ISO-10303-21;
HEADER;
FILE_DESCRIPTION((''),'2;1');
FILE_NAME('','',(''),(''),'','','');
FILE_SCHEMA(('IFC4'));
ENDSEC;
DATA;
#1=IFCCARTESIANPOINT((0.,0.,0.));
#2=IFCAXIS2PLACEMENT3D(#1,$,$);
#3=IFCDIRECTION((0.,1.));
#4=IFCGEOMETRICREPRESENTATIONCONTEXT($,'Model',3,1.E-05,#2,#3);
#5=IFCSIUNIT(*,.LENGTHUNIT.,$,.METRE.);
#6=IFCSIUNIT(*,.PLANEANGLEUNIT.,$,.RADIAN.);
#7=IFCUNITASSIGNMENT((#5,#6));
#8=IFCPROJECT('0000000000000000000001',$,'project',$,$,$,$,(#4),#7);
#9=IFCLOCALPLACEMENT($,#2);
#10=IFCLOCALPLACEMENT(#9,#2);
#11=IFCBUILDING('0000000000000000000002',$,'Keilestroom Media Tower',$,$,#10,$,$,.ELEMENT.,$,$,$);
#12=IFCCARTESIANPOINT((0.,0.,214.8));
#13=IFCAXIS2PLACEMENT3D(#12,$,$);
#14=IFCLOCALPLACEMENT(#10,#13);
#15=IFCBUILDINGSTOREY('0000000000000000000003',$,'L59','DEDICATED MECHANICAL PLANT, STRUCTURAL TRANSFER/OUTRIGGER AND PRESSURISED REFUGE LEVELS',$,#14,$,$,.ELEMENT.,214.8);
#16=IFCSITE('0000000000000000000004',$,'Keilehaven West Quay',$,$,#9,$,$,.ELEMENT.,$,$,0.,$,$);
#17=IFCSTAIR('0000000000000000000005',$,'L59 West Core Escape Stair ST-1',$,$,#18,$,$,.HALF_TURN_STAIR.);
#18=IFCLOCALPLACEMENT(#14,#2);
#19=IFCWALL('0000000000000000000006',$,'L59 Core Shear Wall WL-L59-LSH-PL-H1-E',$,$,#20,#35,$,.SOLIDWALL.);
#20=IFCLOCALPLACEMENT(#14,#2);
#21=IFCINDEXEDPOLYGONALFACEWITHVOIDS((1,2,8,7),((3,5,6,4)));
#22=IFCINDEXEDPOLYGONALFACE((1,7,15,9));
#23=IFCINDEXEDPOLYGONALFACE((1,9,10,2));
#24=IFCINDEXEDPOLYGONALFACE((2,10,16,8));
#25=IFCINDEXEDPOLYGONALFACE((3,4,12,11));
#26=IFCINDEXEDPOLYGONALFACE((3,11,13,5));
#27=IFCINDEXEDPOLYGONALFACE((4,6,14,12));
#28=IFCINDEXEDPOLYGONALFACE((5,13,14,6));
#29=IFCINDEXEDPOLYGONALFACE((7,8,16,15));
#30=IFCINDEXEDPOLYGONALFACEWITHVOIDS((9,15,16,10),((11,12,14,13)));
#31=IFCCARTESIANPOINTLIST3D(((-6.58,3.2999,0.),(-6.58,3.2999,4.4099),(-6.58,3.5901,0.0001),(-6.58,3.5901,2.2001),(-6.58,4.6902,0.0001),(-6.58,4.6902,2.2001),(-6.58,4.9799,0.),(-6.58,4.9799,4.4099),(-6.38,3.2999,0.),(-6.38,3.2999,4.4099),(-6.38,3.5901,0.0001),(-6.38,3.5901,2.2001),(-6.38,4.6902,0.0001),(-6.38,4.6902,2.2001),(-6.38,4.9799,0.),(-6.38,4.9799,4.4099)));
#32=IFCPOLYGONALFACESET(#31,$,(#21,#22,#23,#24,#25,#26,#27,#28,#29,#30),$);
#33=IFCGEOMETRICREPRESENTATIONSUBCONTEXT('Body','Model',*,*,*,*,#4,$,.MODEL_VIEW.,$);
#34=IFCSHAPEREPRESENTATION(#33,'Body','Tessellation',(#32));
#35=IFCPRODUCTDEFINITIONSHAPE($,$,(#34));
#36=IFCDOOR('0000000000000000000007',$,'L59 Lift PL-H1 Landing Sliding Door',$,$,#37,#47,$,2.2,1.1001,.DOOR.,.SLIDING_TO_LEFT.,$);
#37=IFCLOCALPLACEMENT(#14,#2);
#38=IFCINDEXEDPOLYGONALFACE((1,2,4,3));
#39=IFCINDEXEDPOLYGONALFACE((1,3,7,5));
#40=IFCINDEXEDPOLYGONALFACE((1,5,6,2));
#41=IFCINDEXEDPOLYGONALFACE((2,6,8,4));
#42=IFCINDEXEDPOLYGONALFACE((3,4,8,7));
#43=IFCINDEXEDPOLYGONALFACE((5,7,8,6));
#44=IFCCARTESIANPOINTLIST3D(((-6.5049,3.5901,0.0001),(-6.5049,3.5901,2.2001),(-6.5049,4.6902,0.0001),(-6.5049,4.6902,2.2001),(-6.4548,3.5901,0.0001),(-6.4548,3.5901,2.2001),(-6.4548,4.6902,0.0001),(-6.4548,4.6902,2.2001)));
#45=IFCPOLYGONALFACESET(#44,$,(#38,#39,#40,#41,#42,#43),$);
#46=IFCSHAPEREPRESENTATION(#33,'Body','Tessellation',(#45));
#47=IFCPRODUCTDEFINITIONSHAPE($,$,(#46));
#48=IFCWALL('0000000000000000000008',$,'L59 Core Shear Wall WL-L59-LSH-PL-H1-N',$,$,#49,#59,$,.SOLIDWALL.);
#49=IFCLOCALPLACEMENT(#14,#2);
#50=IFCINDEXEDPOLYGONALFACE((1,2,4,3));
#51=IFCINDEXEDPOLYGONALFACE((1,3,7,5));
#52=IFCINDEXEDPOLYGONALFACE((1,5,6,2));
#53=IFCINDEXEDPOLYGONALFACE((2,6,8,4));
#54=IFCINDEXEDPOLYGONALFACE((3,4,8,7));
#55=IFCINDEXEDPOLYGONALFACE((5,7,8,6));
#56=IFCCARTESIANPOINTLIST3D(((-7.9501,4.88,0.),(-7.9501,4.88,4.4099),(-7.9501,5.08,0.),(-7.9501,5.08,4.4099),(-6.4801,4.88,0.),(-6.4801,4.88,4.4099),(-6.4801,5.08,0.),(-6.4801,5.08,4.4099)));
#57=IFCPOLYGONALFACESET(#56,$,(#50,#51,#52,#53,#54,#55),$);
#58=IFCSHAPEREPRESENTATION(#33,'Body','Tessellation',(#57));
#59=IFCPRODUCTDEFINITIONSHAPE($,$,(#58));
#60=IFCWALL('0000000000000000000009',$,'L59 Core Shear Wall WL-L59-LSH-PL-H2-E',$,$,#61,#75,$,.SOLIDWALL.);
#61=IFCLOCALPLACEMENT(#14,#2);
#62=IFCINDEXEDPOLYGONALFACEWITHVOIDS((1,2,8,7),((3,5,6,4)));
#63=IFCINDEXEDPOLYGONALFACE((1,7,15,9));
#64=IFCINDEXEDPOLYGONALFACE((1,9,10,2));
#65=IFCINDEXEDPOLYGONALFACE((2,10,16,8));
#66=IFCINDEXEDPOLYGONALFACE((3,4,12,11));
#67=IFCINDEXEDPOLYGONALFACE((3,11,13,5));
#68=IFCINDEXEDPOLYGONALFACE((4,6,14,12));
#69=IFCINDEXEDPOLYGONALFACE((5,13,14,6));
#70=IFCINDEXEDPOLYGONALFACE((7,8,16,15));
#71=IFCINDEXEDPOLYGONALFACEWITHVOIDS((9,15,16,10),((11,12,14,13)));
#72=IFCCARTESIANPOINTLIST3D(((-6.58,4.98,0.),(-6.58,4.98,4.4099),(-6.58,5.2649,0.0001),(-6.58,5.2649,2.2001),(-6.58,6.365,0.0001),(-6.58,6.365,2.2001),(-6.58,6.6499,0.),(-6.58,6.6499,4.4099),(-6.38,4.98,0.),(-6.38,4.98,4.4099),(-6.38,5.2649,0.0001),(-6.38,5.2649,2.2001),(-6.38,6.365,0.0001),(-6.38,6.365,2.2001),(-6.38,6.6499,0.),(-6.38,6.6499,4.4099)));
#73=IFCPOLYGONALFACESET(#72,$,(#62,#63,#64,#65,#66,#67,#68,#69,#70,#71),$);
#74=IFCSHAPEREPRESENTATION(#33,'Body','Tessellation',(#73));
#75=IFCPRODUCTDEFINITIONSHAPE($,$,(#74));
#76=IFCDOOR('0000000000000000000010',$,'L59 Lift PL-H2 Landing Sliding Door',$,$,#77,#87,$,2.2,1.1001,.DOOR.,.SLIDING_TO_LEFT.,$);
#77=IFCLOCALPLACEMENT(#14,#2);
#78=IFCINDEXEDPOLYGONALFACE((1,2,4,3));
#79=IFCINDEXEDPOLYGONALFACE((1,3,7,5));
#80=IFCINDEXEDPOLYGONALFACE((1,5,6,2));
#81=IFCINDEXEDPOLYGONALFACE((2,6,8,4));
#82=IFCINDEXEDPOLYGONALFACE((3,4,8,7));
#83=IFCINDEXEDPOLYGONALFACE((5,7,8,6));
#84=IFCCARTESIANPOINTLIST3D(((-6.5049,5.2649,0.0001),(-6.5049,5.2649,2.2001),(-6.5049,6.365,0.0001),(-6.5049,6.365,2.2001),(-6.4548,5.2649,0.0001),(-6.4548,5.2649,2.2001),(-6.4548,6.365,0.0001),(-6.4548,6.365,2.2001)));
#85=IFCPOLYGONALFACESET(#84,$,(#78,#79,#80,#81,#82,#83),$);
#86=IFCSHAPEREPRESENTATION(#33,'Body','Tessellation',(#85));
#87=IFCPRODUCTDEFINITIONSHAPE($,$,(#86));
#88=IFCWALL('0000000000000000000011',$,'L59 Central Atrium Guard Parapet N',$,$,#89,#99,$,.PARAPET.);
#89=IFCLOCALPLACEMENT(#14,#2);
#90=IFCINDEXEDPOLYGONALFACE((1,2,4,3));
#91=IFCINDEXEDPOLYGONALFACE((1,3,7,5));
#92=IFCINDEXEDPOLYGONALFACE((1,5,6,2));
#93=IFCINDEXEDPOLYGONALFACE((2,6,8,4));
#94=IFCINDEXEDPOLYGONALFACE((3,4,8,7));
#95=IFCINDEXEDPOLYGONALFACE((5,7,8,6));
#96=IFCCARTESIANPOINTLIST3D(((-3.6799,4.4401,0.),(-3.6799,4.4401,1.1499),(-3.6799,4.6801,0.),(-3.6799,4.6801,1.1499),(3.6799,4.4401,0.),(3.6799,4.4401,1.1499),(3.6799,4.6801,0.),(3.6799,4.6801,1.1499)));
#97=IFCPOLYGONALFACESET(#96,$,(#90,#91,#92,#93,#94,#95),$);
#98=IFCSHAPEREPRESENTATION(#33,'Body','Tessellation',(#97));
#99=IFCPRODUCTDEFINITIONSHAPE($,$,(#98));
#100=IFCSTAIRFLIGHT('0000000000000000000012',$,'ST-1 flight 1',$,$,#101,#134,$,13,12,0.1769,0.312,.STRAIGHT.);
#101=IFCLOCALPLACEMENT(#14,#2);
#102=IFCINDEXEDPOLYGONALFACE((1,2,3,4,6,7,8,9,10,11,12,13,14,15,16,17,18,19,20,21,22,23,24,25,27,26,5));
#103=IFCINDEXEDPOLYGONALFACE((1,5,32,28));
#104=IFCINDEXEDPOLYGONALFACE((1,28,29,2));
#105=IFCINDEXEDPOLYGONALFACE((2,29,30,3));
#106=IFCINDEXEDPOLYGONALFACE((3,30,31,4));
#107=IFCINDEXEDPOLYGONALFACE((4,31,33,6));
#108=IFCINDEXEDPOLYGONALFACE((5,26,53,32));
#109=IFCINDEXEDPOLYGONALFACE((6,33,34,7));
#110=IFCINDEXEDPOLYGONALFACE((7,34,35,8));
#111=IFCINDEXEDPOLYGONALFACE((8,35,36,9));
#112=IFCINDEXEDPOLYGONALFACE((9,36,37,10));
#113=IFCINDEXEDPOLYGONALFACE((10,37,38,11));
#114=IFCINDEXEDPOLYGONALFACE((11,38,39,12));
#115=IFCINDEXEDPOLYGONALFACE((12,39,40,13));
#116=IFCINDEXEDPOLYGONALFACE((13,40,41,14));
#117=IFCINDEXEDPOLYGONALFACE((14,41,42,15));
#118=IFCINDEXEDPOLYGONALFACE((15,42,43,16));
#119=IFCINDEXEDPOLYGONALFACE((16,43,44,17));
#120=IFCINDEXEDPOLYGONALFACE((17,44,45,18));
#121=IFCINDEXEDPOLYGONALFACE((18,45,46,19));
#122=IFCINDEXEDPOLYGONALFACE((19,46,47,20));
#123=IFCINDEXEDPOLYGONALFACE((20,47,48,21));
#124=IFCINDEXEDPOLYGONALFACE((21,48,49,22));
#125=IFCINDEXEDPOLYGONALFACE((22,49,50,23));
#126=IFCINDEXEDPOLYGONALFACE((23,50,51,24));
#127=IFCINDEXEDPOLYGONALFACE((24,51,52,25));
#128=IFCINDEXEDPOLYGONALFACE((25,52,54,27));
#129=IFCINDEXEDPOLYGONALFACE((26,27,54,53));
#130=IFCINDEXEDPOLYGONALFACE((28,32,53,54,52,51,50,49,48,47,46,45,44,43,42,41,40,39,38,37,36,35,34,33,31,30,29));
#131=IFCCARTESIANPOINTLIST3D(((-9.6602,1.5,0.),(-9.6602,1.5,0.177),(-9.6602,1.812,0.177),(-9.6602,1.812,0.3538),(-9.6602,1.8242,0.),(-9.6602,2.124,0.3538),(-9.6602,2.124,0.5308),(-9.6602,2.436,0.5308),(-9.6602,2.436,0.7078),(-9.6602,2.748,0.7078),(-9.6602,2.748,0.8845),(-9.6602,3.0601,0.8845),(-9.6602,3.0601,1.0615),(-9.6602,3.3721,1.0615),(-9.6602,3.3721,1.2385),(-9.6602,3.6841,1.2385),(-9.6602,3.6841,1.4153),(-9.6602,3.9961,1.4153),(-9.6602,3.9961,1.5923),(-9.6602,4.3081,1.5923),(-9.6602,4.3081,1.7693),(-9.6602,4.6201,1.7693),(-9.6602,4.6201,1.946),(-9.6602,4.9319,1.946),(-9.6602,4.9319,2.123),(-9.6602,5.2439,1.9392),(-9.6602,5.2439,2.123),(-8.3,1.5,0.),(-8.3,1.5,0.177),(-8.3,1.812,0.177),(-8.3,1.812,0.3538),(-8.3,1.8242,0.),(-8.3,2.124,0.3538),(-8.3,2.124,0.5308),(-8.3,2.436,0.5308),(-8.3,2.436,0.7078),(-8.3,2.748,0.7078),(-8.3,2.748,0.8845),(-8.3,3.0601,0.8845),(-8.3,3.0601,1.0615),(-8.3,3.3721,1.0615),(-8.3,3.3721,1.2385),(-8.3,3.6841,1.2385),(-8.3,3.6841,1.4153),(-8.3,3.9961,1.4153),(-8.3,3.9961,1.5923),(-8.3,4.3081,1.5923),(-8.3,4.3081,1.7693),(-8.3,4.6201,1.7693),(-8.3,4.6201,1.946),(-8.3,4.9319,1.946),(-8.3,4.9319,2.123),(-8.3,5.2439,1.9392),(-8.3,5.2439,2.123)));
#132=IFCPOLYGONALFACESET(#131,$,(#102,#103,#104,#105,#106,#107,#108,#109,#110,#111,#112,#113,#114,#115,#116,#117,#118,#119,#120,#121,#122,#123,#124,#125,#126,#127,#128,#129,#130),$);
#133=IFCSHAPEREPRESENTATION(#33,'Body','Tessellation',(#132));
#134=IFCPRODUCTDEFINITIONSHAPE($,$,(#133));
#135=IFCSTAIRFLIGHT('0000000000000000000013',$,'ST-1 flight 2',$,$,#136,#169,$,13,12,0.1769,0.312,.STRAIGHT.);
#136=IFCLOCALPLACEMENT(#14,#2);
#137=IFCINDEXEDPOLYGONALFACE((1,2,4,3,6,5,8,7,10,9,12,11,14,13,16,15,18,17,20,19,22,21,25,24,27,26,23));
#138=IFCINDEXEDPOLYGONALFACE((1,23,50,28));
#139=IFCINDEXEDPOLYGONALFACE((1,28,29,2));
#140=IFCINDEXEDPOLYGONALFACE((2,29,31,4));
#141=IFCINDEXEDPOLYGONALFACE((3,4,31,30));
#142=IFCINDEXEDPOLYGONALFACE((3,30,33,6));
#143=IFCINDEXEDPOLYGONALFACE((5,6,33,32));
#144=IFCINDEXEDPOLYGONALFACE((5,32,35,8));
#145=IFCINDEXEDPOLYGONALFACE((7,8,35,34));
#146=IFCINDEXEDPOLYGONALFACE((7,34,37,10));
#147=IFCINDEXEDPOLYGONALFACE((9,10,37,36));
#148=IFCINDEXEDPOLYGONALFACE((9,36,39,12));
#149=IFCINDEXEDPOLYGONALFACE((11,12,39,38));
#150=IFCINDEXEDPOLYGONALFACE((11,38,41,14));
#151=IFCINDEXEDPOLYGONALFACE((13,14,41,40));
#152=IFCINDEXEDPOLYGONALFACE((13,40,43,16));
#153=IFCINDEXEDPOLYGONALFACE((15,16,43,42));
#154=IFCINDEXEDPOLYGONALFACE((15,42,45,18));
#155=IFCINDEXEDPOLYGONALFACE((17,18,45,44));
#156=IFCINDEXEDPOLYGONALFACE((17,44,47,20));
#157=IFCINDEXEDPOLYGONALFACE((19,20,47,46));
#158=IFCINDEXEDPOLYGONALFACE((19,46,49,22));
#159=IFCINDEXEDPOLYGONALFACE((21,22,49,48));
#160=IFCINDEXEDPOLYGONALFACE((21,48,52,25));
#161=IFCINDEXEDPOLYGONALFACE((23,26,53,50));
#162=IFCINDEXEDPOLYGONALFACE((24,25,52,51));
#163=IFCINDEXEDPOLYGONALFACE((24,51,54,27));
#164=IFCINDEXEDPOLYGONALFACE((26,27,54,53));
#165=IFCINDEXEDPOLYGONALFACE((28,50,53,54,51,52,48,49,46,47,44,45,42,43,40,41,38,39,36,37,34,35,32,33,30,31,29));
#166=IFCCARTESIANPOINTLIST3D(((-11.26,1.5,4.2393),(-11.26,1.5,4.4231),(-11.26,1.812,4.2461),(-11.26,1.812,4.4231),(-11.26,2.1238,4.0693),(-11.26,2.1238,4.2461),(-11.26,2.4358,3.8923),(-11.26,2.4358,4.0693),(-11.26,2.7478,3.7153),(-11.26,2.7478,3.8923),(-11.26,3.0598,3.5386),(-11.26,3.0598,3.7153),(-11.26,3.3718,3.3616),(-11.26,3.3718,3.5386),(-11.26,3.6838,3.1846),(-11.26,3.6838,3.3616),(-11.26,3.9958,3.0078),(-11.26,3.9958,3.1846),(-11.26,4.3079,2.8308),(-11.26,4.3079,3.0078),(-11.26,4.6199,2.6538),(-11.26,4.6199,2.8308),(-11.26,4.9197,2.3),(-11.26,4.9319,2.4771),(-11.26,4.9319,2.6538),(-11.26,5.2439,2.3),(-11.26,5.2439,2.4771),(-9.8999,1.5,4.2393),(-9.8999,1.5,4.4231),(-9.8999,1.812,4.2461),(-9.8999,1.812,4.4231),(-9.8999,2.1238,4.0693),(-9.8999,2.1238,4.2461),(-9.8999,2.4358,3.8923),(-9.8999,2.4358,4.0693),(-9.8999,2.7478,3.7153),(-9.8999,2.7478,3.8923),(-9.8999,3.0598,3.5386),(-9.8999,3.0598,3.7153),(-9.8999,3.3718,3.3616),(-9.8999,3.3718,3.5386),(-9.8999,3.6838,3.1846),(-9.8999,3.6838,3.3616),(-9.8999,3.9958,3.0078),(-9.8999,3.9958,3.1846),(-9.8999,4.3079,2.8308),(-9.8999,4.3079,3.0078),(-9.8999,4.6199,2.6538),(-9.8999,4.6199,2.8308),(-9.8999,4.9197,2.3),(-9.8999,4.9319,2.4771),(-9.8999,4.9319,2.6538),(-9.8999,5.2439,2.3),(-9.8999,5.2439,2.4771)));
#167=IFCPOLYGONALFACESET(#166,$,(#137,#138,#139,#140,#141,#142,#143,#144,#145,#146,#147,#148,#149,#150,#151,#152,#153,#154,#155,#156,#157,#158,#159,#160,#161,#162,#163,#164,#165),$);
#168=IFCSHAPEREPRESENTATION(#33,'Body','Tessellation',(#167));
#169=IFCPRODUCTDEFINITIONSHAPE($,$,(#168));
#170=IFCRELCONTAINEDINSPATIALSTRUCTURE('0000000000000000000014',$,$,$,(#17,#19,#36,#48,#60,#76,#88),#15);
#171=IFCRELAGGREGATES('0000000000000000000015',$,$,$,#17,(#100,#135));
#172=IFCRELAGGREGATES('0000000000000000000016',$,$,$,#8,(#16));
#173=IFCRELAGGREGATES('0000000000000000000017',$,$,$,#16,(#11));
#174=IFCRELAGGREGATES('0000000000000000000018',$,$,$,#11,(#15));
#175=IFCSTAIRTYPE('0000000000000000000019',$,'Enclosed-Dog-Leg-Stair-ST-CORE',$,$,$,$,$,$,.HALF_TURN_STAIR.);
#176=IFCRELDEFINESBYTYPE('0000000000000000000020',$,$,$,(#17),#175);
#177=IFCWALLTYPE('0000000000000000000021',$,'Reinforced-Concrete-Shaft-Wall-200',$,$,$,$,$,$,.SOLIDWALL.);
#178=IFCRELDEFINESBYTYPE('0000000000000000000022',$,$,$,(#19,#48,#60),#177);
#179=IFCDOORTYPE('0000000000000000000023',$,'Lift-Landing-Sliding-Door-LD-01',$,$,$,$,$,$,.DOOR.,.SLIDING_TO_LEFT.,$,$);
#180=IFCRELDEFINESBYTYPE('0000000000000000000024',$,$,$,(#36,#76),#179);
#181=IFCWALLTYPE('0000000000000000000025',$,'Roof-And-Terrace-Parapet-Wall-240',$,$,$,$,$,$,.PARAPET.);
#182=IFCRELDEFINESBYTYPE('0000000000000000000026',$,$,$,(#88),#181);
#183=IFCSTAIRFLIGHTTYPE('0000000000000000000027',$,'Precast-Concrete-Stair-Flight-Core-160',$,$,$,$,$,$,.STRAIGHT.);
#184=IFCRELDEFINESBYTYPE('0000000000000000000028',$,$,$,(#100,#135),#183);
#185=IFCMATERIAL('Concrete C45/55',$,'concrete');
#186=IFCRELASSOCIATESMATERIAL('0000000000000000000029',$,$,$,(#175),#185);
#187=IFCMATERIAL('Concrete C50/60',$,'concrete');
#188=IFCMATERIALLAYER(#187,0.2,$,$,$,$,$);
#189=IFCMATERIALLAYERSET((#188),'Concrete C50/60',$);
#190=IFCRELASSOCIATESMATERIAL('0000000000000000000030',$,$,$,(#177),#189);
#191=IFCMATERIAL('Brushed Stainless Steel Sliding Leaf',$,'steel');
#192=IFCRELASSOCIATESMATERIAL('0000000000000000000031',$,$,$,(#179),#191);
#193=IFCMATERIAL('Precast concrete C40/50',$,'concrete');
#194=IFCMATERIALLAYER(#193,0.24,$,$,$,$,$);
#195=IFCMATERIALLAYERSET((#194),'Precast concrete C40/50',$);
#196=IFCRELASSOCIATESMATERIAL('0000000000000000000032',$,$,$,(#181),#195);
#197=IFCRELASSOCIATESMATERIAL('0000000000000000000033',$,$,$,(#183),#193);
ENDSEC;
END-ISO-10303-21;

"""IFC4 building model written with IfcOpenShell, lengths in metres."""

from ifc_helpers import new_model, si_unit, direction, frame, frame_2d, origin, place, context, subcontext, project, spatial, polyline, rectangle, outline, extrude, source, transform, mapped, material, layer, layer_set, type_object, element, fill, aggregate, save


model = new_model("IFC4")

# Units and contexts
model_context = context("Model", 3, precision=1e-05, world=origin(), true_north=direction((0.0, 1.0)))
body_context = subcontext(model_context, "Body", "Model", "MODEL_VIEW")
ifc_project = project(units=[si_unit("LENGTHUNIT", "METRE"), si_unit("PLANEANGLEUNIT", "RADIAN")], contexts=[model_context])

# Site, building, storey
site_placement = place(None, origin())
site = spatial("IfcSite", under=ifc_project, at=site_placement, Name="Keilehaven West Quay", CompositionType="ELEMENT", RefElevation=0.0)
building_placement = place(site_placement, origin())
building = spatial("IfcBuilding", under=site, at=building_placement, Name="Keilestroom Media Tower", CompositionType="ELEMENT")
storey_placement = place(building_placement, frame((0.0, 0.0, 214.8)))
storey = spatial("IfcBuildingStorey", under=building, at=storey_placement, Name="L59", Description="DEDICATED MECHANICAL PLANT, STRUCTURAL TRANSFER/OUTRIGGER AND PRESSURISED REFUGE LEVELS", CompositionType="ELEMENT", Elevation=214.8)

# Shared definitions
ifc_material_1 = material(Name="Concrete C50/60", Category="concrete")

# Stair
ifc_material_2 = material(Name="Concrete C45/55", Category="concrete")
stair_type = type_object("IfcStairType", Name="Enclosed-Dog-Leg-Stair-ST-CORE", PredefinedType="HALF_TURN_STAIR", material=ifc_material_2)
stair_1_placement = place(storey_placement, origin())
stair_1 = element("IfcStair", 1, at=stair_1_placement, inside=storey, type_object=stair_type, Name="L59 West Core Escape Stair ST-1", PredefinedType="HALF_TURN_STAIR")

# Shared definitions
ifc_layer_1 = layer(ifc_material_1, 0.2)
ifc_layer_set_1 = layer_set([ifc_layer_1], Name="Concrete C50/60")
wall_type_1 = type_object("IfcWallType", Name="Reinforced-Concrete-Shaft-Wall-200", PredefinedType="SOLIDWALL", material=ifc_layer_set_1)

# Wall, opening, door
wall_1_placement = place(storey_placement, frame((-6.48, 3.3, 0.0), z_axis=(0.0, 0.0, 1.0), x_axis=(0.0, 1.0, 0.0)))
wall_1 = element("IfcWall", 2, at=wall_1_placement, inside=storey, type_object=wall_type_1, Name="L59 Core Shear Wall WL-L59-LSH-PL-H1-E", PredefinedType="SOLIDWALL", context=body_context, shape_type="SweptSolid", body=[
    extrude(rectangle(XDim=1.6799, YDim=0.2, at=frame_2d((0.8398, 0.0))), origin(), (0.0, 0.0, 1.0), 4.4099),
])
opening_1_placement = place(wall_1_placement, frame((0.29, 0.0, 0.0)))
opening_1 = element("IfcOpeningElement", 3, at=opening_1_placement, cuts=wall_1, PredefinedType="OPENING", context=body_context, shape_type="SweptSolid", body=[
    extrude(rectangle(XDim=1.1001, YDim=2.2, at=frame_2d((0.55, 1.1001))), frame((0.0, 0.1099, 0.0), z_axis=(0.0, -1.0, 0.0), x_axis=(1.0, 0.0, 0.0)), (0.0, 0.0, 1.0), 0.22),
])
ifc_material_3 = material(Name="Brushed Stainless Steel Sliding Leaf", Category="steel")
door_type = type_object("IfcDoorType", Name="Lift-Landing-Sliding-Door-LD-01", OperationType="SLIDING_TO_LEFT", PredefinedType="DOOR", material=ifc_material_3)
shared_shape = source(origin(), body_context, "Body", "SweptSolid", [
    extrude(rectangle(XDim=1.1001, YDim=2.2, at=frame_2d((0.55, 1.1001))), frame((0.0, 0.0249, 0.0), z_axis=(0.0, -1.0, 0.0), x_axis=(1.0, 0.0, 0.0)), (0.0, 0.0, 1.0), 0.05),
])
door_1_placement = place(opening_1_placement, origin())
door_1 = element("IfcDoor", 4, at=door_1_placement, inside=storey, type_object=door_type, Name="L59 Lift PL-H1 Landing Sliding Door", OperationType="SLIDING_TO_LEFT", OverallHeight=2.2, OverallWidth=1.1001, PredefinedType="DOOR", context=body_context, shape_type="MappedRepresentation", body=[
    mapped(shared_shape, transform((0.0, 0.0, 0.0), x_axis=(1.0, 0.0, 0.0), y_axis=(0.0, 1.0, 0.0), z_axis=(0.0, 0.0, 1.0), scale=1.0)),
])
fill(opening_1, door_1)

# Wall
wall_2_placement = place(storey_placement, frame((-7.95, 4.98, 0.0), z_axis=(0.0, 0.0, 1.0), x_axis=(1.0, 0.0, 0.0)))
element("IfcWall", 5, at=wall_2_placement, inside=storey, type_object=wall_type_1, Name="L59 Core Shear Wall WL-L59-LSH-PL-H1-N", PredefinedType="SOLIDWALL", context=body_context, shape_type="SweptSolid", body=[
    extrude(rectangle(XDim=1.47, YDim=0.2, at=frame_2d((0.7349, 0.0))), origin(), (0.0, 0.0, 1.0), 4.4099),
])

# Wall, opening, door
wall_3_placement = place(storey_placement, frame((-6.48, 4.98, 0.0), z_axis=(0.0, 0.0, 1.0), x_axis=(0.0, 1.0, 0.0)))
wall_3 = element("IfcWall", 6, at=wall_3_placement, inside=storey, type_object=wall_type_1, Name="L59 Core Shear Wall WL-L59-LSH-PL-H2-E", PredefinedType="SOLIDWALL", context=body_context, shape_type="SweptSolid", body=[
    extrude(rectangle(XDim=1.6699, YDim=0.2, at=frame_2d((0.835, 0.0))), origin(), (0.0, 0.0, 1.0), 4.4099),
])
opening_2_placement = place(wall_3_placement, frame((0.2849, 0.0, 0.0)))
opening_2 = element("IfcOpeningElement", 7, at=opening_2_placement, cuts=wall_3, PredefinedType="OPENING", context=body_context, shape_type="SweptSolid", body=[
    extrude(rectangle(XDim=1.1001, YDim=2.2, at=frame_2d((0.55, 1.1001))), frame((0.0, 0.1099, 0.0), z_axis=(0.0, -1.0, 0.0), x_axis=(1.0, 0.0, 0.0)), (0.0, 0.0, 1.0), 0.22),
])
door_2_placement = place(opening_2_placement, origin())
door_2 = element("IfcDoor", 8, at=door_2_placement, inside=storey, type_object=door_type, Name="L59 Lift PL-H2 Landing Sliding Door", OperationType="SLIDING_TO_LEFT", OverallHeight=2.2, OverallWidth=1.1001, PredefinedType="DOOR", context=body_context, shape_type="MappedRepresentation", body=[
    mapped(shared_shape, transform((0.0, 0.0, 0.0), x_axis=(1.0, 0.0, 0.0), y_axis=(0.0, 1.0, 0.0), z_axis=(0.0, 0.0, 1.0), scale=1.0)),
])
fill(opening_2, door_2)

# Wall
ifc_material_4 = material(Name="Precast concrete C40/50", Category="concrete")
ifc_layer_2 = layer(ifc_material_4, 0.24)
ifc_layer_set_2 = layer_set([ifc_layer_2], Name="Precast concrete C40/50")
wall_type_2 = type_object("IfcWallType", Name="Roof-And-Terrace-Parapet-Wall-240", PredefinedType="PARAPET", material=ifc_layer_set_2)
wall_4_placement = place(storey_placement, frame((-3.6799, 4.5601, 0.0), z_axis=(0.0, 0.0, 1.0), x_axis=(1.0, 0.0, 0.0)))
element("IfcWall", 9, at=wall_4_placement, inside=storey, type_object=wall_type_2, Name="L59 Central Atrium Guard Parapet N", PredefinedType="PARAPET", context=body_context, shape_type="SweptSolid", body=[
    extrude(rectangle(XDim=7.3599, YDim=0.24, at=frame_2d((3.6799, 0.0))), origin(), (0.0, 0.0, 1.0), 1.1499),
])

# Stair flights
stair_flight_type = type_object("IfcStairFlightType", Name="Precast-Concrete-Stair-Flight-Core-160", PredefinedType="STRAIGHT", material=ifc_material_4)
stair_flight_1_placement = place(storey_placement, frame((-8.98, 1.5, 0.0), z_axis=(0.0, 0.0, 1.0), x_axis=(0.0, 1.0, 0.0)))
stair_flight_1 = element("IfcStairFlight", 10, at=stair_flight_1_placement, type_object=stair_flight_type, Name="ST-1 flight 1", NumberOfRisers=13, NumberOfTreads=12, PredefinedType="STRAIGHT", RiserHeight=0.1769, TreadLength=0.312, context=body_context, shape_type="SweptSolid", body=[
    extrude(outline(polyline([(0.0, 0.0), (0.0, 0.177), (0.312, 0.177), (0.312, 0.3538), (0.624, 0.3538), (0.624, 0.5308), (0.936, 0.5308), (0.936, 0.7078), (1.248, 0.7078), (1.248, 0.8845), (1.5601, 0.8845), (1.5601, 1.0615), (1.8721, 1.0615), (1.8721, 1.2385), (2.1841, 1.2385), (2.1841, 1.4153), (2.4961, 1.4153), (2.4961, 1.5923), (2.8081, 1.5923), (2.8081, 1.7693), (3.1201, 1.7693), (3.1201, 1.946), (3.4319, 1.946), (3.4319, 2.123), (3.7439, 2.123), (3.7439, 2.3), (3.7439, 1.9392), (0.3242, 0.0), (0.0, 0.0)])), frame((0.0, 0.6802, 0.0), z_axis=(0.0, -1.0, 0.0), x_axis=(1.0, 0.0, 0.0)), (0.0, 0.0, 1.0), 1.3601),
])
stair_flight_2_placement = place(storey_placement, frame((-10.5801, 5.2439, 2.3), z_axis=(0.0, 0.0, 1.0), x_axis=(0.0, -1.0, 0.0)))
stair_flight_2 = element("IfcStairFlight", 11, at=stair_flight_2_placement, type_object=stair_flight_type, Name="ST-1 flight 2", NumberOfRisers=13, NumberOfTreads=12, PredefinedType="STRAIGHT", RiserHeight=0.1769, TreadLength=0.312, context=body_context, shape_type="SweptSolid", body=[
    extrude(outline(polyline([(0.0, 0.0), (0.0, 0.177), (0.312, 0.177), (0.312, 0.3538), (0.624, 0.3538), (0.624, 0.5308), (0.936, 0.5308), (0.936, 0.7078), (1.248, 0.7078), (1.248, 0.8845), (1.5601, 0.8845), (1.5601, 1.0615), (1.8721, 1.0615), (1.8721, 1.2385), (2.1841, 1.2385), (2.1841, 1.4153), (2.4961, 1.4153), (2.4961, 1.5923), (2.8081, 1.5923), (2.8081, 1.7693), (3.1201, 1.7693), (3.1201, 1.946), (3.4319, 1.946), (3.4319, 2.123), (3.7439, 2.123), (3.7439, 2.3), (3.7439, 1.9392), (0.3242, 0.0), (0.0, 0.0)])), frame((0.0, 0.6802, 0.0), z_axis=(0.0, -1.0, 0.0), x_axis=(1.0, 0.0, 0.0)), (0.0, 0.0, 1.0), 1.3601),
])
aggregate(stair_1, [stair_flight_1, stair_flight_2])

save(model, "model.ifc")
